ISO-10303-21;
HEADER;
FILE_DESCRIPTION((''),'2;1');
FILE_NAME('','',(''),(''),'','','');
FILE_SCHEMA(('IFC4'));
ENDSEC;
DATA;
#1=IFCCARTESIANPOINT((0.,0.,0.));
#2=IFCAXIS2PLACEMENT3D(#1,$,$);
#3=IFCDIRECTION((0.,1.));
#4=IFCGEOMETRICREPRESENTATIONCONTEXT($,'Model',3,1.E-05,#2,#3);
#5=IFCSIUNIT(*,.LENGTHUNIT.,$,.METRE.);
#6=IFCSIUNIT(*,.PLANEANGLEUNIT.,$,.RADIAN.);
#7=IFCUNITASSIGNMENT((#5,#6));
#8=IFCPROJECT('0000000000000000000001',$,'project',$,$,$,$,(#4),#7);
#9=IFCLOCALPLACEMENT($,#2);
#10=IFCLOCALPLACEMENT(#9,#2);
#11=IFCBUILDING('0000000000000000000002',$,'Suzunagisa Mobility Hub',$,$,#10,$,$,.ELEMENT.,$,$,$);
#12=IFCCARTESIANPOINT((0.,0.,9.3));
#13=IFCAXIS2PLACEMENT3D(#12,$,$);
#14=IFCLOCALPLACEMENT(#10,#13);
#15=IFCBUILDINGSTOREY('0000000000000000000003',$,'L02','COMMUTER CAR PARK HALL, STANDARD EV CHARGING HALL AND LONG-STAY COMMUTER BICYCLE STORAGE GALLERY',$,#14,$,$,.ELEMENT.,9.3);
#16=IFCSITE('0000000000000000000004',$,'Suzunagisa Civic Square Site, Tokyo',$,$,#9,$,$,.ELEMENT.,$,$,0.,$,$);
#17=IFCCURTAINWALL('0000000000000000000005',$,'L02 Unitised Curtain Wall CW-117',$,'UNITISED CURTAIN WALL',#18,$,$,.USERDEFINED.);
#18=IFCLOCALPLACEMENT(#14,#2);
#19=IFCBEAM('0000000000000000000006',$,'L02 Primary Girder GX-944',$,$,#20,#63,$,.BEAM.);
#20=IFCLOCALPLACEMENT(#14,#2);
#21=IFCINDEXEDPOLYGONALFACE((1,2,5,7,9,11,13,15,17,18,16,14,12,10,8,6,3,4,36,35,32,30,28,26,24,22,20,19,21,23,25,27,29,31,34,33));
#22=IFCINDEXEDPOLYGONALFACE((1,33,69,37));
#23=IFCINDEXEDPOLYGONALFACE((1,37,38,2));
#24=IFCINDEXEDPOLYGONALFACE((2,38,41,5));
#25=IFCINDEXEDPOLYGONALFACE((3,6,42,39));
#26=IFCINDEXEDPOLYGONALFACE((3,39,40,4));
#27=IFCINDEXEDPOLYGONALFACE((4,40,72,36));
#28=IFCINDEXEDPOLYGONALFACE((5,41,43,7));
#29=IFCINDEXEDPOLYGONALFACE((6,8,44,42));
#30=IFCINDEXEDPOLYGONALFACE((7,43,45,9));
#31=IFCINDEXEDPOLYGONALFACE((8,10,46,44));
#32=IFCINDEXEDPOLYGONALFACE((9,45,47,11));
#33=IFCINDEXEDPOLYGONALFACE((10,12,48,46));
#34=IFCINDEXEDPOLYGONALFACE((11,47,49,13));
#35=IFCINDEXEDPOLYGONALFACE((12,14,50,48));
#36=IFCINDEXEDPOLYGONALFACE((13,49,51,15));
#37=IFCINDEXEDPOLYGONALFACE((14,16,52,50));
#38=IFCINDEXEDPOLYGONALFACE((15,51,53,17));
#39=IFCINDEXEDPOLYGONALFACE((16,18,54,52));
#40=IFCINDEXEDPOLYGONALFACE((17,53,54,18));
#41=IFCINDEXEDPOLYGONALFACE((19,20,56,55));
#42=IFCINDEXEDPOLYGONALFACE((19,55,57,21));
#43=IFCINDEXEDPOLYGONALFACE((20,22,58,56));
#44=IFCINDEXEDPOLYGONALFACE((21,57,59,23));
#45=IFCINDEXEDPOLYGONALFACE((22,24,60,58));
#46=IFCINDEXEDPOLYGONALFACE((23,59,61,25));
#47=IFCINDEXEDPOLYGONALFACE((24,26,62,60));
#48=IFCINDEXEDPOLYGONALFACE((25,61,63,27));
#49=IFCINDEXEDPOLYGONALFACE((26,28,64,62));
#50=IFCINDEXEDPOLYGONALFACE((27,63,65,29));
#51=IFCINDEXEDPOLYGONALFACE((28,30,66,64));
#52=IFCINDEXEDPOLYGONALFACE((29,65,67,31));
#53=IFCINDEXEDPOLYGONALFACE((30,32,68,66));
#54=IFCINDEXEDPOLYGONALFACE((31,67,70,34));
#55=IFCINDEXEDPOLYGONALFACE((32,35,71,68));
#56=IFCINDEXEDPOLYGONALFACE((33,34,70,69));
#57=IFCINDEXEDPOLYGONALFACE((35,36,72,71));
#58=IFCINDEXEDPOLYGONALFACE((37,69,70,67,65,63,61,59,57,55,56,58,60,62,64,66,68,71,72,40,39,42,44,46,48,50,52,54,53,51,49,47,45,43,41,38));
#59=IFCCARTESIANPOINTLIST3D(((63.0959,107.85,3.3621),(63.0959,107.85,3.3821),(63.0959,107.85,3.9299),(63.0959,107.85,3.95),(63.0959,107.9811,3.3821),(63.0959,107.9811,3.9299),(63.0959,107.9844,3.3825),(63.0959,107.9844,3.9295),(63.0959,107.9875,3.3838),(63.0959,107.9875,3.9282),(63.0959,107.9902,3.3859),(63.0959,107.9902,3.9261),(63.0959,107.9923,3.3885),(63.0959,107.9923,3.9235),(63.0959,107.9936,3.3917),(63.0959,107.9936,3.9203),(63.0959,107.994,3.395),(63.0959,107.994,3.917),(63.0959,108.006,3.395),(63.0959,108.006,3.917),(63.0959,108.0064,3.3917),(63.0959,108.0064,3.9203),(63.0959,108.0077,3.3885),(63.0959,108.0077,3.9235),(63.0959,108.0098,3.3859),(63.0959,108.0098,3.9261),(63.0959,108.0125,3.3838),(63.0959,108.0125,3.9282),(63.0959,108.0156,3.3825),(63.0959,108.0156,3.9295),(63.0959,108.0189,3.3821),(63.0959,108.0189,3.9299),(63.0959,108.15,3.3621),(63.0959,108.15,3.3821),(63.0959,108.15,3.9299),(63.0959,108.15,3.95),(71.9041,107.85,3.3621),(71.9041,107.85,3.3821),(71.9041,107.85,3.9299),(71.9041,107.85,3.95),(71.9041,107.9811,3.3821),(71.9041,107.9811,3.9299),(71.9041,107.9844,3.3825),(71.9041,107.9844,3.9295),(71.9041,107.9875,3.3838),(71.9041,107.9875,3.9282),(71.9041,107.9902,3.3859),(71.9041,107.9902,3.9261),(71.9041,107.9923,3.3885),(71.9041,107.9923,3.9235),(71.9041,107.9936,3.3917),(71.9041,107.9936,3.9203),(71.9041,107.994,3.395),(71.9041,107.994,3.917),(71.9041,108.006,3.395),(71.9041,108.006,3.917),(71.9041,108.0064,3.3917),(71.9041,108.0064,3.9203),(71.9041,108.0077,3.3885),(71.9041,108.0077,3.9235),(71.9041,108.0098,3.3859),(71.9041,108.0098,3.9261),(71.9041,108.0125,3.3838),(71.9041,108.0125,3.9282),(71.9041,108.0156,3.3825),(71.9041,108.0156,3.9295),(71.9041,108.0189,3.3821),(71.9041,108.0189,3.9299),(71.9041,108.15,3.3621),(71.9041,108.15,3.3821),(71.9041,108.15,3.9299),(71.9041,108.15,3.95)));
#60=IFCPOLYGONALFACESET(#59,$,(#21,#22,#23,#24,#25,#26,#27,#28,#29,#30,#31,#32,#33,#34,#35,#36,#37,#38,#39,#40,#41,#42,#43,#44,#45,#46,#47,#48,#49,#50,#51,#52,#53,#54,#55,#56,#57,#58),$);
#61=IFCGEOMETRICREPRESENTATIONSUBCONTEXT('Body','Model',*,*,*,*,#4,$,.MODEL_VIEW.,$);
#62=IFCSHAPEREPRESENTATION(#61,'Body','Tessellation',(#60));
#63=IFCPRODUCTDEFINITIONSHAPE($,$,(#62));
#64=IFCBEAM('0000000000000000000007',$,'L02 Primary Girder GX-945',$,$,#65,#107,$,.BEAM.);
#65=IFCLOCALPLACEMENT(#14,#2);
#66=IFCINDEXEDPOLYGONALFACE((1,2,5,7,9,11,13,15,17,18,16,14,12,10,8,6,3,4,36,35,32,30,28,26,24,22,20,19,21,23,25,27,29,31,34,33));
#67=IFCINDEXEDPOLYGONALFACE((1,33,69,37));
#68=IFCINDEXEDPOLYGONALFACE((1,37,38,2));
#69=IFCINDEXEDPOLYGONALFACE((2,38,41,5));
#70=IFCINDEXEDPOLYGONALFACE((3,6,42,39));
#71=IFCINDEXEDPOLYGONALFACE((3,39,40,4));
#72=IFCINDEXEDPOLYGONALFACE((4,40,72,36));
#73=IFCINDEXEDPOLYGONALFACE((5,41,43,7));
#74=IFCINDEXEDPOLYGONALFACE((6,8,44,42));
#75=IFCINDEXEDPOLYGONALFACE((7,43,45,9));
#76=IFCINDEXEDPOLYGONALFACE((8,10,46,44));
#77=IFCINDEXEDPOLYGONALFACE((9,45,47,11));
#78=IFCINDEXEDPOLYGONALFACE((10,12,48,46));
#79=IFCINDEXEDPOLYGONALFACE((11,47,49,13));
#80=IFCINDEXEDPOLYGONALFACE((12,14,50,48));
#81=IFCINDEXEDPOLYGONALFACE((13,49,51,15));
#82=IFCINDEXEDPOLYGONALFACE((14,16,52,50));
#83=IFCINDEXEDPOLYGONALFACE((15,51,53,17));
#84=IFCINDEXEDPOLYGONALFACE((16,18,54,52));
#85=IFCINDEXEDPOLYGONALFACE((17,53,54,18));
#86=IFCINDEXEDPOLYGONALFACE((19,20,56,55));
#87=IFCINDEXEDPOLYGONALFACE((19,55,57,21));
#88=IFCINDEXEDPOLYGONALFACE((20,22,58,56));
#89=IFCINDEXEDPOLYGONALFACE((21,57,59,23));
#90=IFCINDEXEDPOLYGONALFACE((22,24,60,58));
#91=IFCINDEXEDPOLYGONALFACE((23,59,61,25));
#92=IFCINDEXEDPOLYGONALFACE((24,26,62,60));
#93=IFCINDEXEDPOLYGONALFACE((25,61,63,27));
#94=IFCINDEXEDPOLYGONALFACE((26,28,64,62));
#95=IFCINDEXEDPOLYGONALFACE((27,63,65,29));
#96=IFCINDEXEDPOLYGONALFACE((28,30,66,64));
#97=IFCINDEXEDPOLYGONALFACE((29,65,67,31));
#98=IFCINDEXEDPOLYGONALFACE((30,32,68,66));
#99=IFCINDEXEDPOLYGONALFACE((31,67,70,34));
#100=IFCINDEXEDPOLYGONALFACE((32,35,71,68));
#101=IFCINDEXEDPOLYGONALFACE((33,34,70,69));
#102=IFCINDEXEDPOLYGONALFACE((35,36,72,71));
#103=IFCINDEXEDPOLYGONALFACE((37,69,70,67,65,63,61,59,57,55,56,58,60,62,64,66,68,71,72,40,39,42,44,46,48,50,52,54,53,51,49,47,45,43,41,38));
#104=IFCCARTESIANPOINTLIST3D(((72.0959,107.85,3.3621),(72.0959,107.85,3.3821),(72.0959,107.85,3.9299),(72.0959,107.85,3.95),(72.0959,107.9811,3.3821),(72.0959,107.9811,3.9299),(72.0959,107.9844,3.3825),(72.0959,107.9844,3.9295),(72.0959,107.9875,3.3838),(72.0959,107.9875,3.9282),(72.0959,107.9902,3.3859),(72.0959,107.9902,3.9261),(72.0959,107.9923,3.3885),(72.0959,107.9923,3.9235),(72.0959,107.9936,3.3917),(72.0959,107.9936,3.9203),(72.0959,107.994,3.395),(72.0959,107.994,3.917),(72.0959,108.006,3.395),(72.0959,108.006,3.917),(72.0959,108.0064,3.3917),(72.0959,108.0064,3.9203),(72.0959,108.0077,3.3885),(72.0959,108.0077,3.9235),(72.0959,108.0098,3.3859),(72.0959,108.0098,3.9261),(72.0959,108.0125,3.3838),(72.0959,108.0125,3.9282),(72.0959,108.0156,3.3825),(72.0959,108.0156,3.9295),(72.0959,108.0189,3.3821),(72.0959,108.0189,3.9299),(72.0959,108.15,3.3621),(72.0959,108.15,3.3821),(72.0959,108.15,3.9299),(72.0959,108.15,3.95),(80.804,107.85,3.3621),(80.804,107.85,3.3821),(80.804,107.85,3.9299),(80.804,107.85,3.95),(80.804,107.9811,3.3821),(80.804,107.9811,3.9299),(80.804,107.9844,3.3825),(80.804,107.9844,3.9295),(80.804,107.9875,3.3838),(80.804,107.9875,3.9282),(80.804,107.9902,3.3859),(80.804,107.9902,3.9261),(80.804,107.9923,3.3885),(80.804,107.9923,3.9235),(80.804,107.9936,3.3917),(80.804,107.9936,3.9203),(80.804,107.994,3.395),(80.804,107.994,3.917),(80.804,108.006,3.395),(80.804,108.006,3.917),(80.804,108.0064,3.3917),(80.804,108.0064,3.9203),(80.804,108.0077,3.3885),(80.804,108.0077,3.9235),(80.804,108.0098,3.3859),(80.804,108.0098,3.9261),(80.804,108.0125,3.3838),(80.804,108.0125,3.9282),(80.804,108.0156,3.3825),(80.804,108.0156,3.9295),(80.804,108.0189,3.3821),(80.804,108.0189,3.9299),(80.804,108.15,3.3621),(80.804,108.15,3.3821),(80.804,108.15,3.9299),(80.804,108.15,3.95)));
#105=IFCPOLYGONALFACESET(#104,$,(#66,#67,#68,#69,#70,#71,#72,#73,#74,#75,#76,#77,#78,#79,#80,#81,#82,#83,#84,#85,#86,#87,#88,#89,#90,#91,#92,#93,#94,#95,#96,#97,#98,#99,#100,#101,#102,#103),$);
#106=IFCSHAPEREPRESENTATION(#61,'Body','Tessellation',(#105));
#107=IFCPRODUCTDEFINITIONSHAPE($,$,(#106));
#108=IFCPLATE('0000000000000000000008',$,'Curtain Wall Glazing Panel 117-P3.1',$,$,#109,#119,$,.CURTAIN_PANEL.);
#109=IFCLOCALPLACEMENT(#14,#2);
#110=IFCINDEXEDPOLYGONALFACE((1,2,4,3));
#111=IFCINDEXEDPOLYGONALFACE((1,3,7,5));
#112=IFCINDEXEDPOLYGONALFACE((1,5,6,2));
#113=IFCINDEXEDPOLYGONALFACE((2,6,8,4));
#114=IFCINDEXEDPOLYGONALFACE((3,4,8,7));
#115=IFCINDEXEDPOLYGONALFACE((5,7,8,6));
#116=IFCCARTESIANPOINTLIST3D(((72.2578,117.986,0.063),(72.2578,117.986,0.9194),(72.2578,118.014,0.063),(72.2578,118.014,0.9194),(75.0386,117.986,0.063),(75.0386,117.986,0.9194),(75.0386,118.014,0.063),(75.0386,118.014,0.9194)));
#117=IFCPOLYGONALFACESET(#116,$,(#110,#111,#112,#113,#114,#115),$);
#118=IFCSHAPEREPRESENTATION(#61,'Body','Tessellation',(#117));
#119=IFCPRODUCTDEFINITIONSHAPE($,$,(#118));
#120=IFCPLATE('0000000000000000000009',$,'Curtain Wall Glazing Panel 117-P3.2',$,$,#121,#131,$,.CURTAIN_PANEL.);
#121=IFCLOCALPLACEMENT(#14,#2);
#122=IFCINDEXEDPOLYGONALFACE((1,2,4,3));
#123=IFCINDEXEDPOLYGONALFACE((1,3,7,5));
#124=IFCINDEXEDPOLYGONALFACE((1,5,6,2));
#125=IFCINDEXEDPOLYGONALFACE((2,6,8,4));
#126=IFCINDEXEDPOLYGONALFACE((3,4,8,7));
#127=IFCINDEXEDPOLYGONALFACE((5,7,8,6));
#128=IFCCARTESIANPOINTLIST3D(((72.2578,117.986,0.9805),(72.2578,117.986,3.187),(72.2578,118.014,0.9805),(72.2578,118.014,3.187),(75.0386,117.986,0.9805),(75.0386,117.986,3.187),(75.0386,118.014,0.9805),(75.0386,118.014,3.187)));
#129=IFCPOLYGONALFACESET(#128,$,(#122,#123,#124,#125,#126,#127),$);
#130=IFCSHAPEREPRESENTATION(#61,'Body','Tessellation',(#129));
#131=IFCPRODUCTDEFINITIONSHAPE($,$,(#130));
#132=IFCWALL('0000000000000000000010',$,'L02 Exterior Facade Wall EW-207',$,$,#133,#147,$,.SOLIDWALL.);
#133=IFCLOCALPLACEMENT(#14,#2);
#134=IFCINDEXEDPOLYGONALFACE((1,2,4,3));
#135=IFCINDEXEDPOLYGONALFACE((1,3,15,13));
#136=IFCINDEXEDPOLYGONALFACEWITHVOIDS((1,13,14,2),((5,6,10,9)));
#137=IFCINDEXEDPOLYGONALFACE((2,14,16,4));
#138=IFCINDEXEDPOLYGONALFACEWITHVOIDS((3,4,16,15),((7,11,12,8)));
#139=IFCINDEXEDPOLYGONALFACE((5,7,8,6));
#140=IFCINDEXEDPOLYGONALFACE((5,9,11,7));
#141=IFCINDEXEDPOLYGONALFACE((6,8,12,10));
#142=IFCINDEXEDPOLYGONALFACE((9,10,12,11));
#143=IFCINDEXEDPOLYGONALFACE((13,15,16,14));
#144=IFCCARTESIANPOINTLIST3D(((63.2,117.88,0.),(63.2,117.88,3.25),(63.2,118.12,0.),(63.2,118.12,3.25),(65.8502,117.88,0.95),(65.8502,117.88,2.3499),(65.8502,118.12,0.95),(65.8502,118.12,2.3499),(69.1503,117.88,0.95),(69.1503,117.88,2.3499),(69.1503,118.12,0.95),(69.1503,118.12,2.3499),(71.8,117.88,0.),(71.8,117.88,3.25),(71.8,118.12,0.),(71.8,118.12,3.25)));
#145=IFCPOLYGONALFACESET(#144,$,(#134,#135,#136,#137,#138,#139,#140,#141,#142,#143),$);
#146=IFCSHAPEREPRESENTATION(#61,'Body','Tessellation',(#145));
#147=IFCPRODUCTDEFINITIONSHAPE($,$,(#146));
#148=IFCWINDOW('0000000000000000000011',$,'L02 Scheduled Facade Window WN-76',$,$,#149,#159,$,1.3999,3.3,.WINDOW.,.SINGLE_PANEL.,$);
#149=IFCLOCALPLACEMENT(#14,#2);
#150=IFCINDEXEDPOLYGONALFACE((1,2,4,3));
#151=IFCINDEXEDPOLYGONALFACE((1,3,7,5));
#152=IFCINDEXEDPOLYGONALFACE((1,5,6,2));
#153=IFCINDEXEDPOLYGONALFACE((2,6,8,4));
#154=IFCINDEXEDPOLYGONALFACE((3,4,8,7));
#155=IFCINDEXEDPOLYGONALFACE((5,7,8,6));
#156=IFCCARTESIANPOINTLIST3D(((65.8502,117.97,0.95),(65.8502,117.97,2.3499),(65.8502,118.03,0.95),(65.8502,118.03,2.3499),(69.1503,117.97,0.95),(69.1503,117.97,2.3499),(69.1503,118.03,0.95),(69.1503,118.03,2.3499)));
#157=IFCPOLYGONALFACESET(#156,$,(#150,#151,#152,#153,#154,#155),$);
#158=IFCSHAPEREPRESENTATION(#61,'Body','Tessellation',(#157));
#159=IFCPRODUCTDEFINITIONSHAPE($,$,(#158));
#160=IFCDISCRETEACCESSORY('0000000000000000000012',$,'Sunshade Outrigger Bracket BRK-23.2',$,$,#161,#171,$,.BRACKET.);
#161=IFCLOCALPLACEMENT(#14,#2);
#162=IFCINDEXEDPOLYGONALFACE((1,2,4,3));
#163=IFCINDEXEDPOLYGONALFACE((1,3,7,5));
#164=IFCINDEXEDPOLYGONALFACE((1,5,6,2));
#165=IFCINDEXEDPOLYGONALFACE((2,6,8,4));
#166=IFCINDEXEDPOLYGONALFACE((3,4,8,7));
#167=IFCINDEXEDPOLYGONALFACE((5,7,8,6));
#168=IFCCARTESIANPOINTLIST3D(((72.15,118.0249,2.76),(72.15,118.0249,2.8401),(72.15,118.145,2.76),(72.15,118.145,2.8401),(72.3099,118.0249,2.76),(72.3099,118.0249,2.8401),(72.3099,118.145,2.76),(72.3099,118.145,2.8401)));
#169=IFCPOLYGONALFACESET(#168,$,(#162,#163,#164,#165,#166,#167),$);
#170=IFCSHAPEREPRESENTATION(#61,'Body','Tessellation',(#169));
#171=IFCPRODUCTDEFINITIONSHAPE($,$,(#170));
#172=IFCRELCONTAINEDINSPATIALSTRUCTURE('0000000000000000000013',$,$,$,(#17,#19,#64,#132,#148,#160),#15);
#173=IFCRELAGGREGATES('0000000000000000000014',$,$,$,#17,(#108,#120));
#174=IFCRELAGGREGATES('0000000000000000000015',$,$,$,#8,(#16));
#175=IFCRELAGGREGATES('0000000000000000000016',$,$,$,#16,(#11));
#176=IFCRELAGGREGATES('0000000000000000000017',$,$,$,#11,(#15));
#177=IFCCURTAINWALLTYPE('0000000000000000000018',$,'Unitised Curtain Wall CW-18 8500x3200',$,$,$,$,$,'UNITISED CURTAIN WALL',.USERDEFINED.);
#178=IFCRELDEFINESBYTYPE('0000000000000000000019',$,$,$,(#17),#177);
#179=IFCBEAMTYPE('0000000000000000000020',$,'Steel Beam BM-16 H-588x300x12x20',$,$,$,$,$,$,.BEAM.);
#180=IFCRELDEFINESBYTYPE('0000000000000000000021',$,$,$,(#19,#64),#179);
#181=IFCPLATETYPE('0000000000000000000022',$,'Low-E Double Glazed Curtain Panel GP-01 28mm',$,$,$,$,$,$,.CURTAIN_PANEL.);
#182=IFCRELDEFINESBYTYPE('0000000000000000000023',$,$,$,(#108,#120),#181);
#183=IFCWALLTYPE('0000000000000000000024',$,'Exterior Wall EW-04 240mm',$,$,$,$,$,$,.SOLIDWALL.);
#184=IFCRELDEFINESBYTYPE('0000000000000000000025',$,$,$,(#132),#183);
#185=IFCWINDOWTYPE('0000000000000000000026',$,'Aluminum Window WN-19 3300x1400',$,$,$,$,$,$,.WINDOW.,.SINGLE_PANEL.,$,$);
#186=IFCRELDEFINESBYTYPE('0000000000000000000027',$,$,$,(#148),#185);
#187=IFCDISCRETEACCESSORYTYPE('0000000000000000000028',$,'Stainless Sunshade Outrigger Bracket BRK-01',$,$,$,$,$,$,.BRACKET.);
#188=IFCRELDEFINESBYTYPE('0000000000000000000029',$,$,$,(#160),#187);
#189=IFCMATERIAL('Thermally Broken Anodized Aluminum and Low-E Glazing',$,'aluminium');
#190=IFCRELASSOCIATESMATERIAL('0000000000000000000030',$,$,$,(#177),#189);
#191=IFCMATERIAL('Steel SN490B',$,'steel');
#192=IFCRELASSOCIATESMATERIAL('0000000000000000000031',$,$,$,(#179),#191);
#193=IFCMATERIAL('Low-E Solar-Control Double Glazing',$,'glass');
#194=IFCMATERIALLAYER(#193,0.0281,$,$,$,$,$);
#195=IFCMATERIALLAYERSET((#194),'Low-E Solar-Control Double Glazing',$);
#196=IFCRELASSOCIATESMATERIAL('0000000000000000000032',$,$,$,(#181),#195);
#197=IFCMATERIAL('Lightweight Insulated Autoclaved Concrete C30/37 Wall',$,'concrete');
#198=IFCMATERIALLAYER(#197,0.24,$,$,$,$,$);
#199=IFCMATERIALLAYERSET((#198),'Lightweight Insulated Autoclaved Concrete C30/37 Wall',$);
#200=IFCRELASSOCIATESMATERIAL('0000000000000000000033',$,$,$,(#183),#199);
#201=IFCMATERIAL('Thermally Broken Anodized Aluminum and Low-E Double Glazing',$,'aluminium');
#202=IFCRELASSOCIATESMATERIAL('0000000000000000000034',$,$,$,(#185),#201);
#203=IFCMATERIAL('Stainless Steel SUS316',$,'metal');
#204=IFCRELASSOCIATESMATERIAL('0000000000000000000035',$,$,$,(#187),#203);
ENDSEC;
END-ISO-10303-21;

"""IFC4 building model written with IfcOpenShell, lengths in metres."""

from ifc_helpers import new_model, si_unit, direction, frame, frame_2d, origin, origin_2d, place, context, subcontext, project, spatial, rectangle, i_section, extrude, material, layer, layer_set, material_profile, profile_set, type_object, element, fill, aggregate, save


model = new_model("IFC4")

# Units and contexts
model_context = context("Model", 3, precision=1e-05, world=origin(), true_north=direction((0.0, 1.0)))
body_context = subcontext(model_context, "Body", "Model", "MODEL_VIEW")
ifc_project = project(units=[si_unit("LENGTHUNIT", "METRE"), si_unit("PLANEANGLEUNIT", "RADIAN")], contexts=[model_context])

# Site, building, storey
site_placement = place(None, origin())
site = spatial("IfcSite", under=ifc_project, at=site_placement, Name="Suzunagisa Civic Square Site, Tokyo", CompositionType="ELEMENT", RefElevation=0.0)
building_placement = place(site_placement, origin())
building = spatial("IfcBuilding", under=site, at=building_placement, Name="Suzunagisa Mobility Hub", CompositionType="ELEMENT")
storey_placement = place(building_placement, frame((0.0, 0.0, 9.3)))
storey = spatial("IfcBuildingStorey", under=building, at=storey_placement, Name="L02", Description="COMMUTER CAR PARK HALL, STANDARD EV CHARGING HALL AND LONG-STAY COMMUTER BICYCLE STORAGE GALLERY", CompositionType="ELEMENT", Elevation=9.3)

# Shared definitions
ifc_material_1 = material(Name="Steel SN490B", Category="steel")

# Curtain wall
ifc_material_2 = material(Name="Thermally Broken Anodized Aluminum and Low-E Glazing", Category="aluminium")
curtain_wall_type = type_object("IfcCurtainWallType", Name="Unitised Curtain Wall CW-18 8500x3200", ElementType="UNITISED CURTAIN WALL", PredefinedType="USERDEFINED", material=ifc_material_2)
curtain_wall_placement = place(storey_placement, origin())
curtain_wall = element("IfcCurtainWall", 1, at=curtain_wall_placement, inside=storey, type_object=curtain_wall_type, Name="L02 Unitised Curtain Wall CW-117", ObjectType="UNITISED CURTAIN WALL", PredefinedType="USERDEFINED")

# Beams
ifc_material_profile_1 = material_profile(ifc_material_1, i_section(OverallWidth=0.3, OverallDepth=0.5879, WebThickness=0.012, FlangeThickness=0.02, FilletRadius=0.0129, at=origin_2d()), Name="H-588x300x12x20")
ifc_profile_set_1 = profile_set([ifc_material_profile_1], Name="Steel SN490B")
beam_type_1 = type_object("IfcBeamType", Name="Steel Beam BM-16 H-588x300x12x20", PredefinedType="BEAM", material=ifc_profile_set_1)
beam_1_placement = place(storey_placement, frame((63.0959, 108.0, 3.656), z_axis=(1.0, 0.0, 0.0), x_axis=(0.0, 1.0, 0.0)))
element("IfcBeam", 2, at=beam_1_placement, inside=storey, type_object=beam_type_1, Name="L02 Primary Girder GX-944", PredefinedType="BEAM", context=body_context, shape_type="SweptSolid", body=[
    extrude(i_section(OverallWidth=0.3, OverallDepth=0.5879, WebThickness=0.012, FlangeThickness=0.02, FilletRadius=0.0129, at=origin_2d()), origin(), (0.0, 0.0, 1.0), 8.8081),
])
beam_2_placement = place(storey_placement, frame((72.0959, 108.0, 3.656), z_axis=(1.0, 0.0, 0.0), x_axis=(0.0, 1.0, 0.0)))
element("IfcBeam", 3, at=beam_2_placement, inside=storey, type_object=beam_type_1, Name="L02 Primary Girder GX-945", PredefinedType="BEAM", context=body_context, shape_type="SweptSolid", body=[
    extrude(i_section(OverallWidth=0.3, OverallDepth=0.5879, WebThickness=0.012, FlangeThickness=0.02, FilletRadius=0.0129, at=origin_2d()), origin(), (0.0, 0.0, 1.0), 8.708),
])

# Plates
ifc_material_3 = material(Name="Low-E Solar-Control Double Glazing", Category="glass")
ifc_layer_1 = layer(ifc_material_3, 0.0281)
ifc_layer_set_1 = layer_set([ifc_layer_1], Name="Low-E Solar-Control Double Glazing")
plate_type = type_object("IfcPlateType", Name="Low-E Double Glazed Curtain Panel GP-01 28mm", PredefinedType="CURTAIN_PANEL", material=ifc_layer_set_1)
plate_1_placement = place(storey_placement, frame((73.6482, 118.0, 0.063), z_axis=(0.0, 0.0, 1.0), x_axis=(-1.0, 0.0, 0.0)))
plate_1 = element("IfcPlate", 4, at=plate_1_placement, type_object=plate_type, Name="Curtain Wall Glazing Panel 117-P3.1", PredefinedType="CURTAIN_PANEL", context=body_context, shape_type="SweptSolid", body=[
    extrude(rectangle(XDim=2.7808, YDim=0.0281, at=origin_2d()), origin(), (0.0, 0.0, 1.0), 0.8564),
])
plate_2_placement = place(storey_placement, frame((73.6482, 118.0, 0.9805), z_axis=(0.0, 0.0, 1.0), x_axis=(-1.0, 0.0, 0.0)))
plate_2 = element("IfcPlate", 5, at=plate_2_placement, type_object=plate_type, Name="Curtain Wall Glazing Panel 117-P3.2", PredefinedType="CURTAIN_PANEL", context=body_context, shape_type="SweptSolid", body=[
    extrude(rectangle(XDim=2.7808, YDim=0.0281, at=origin_2d()), origin(), (0.0, 0.0, 1.0), 2.2065),
])
aggregate(curtain_wall, [plate_1, plate_2])

# Wall, opening, window
ifc_material_4 = material(Name="Lightweight Insulated Autoclaved Concrete C30/37 Wall", Category="concrete")
ifc_layer_2 = layer(ifc_material_4, 0.24)
ifc_layer_set_2 = layer_set([ifc_layer_2], Name="Lightweight Insulated Autoclaved Concrete C30/37 Wall")
wall_type = type_object("IfcWallType", Name="Exterior Wall EW-04 240mm", PredefinedType="SOLIDWALL", material=ifc_layer_set_2)
wall_placement = place(storey_placement, frame((71.8, 118.0, 0.0), z_axis=(0.0, 0.0, 1.0), x_axis=(-1.0, 0.0, 0.0)))
wall = element("IfcWall", 6, at=wall_placement, inside=storey, type_object=wall_type, Name="L02 Exterior Facade Wall EW-207", PredefinedType="SOLIDWALL", context=body_context, shape_type="SweptSolid", body=[
    extrude(rectangle(XDim=8.6001, YDim=0.24, at=frame_2d((4.3, 0.0))), origin(), (0.0, 0.0, 1.0), 3.25),
])
opening_placement = place(wall_placement, frame((2.6499, 0.0, 0.95)))
opening = element("IfcOpeningElement", 7, at=opening_placement, cuts=wall, PredefinedType="OPENING", context=body_context, shape_type="SweptSolid", body=[
    extrude(rectangle(XDim=3.3, YDim=1.3999, at=frame_2d((1.6499, 0.7))), frame((0.0, 0.1309, 0.0), z_axis=(0.0, -1.0, 0.0), x_axis=(1.0, 0.0, 0.0)), (0.0, 0.0, 1.0), 0.262),
])
ifc_material_5 = material(Name="Thermally Broken Anodized Aluminum and Low-E Double Glazing", Category="aluminium")
window_type = type_object("IfcWindowType", Name="Aluminum Window WN-19 3300x1400", PartitioningType="SINGLE_PANEL", PredefinedType="WINDOW", material=ifc_material_5)
window_placement = place(opening_placement, origin())
window = element("IfcWindow", 8, at=window_placement, inside=storey, type_object=window_type, Name="L02 Scheduled Facade Window WN-76", OverallHeight=1.3999, OverallWidth=3.3, PartitioningType="SINGLE_PANEL", PredefinedType="WINDOW", context=body_context, shape_type="SweptSolid", body=[
    extrude(rectangle(XDim=3.3, YDim=1.3999, at=frame_2d((1.6499, 0.7))), frame((0.0, 0.03, 0.0), z_axis=(0.0, -1.0, 0.0), x_axis=(1.0, 0.0, 0.0)), (0.0, 0.0, 1.0), 0.0601),
])
fill(opening, window)

# Discrete accessory
ifc_material_6 = material(Name="Stainless Steel SUS316", Category="metal")
discrete_accessory_type = type_object("IfcDiscreteAccessoryType", Name="Stainless Sunshade Outrigger Bracket BRK-01", PredefinedType="BRACKET", material=ifc_material_6)
discrete_accessory_placement = place(storey_placement, frame((72.23, 118.085, 2.76), z_axis=(0.0, 0.0, 1.0), x_axis=(-1.0, 0.0, 0.0)))
element("IfcDiscreteAccessory", 9, at=discrete_accessory_placement, inside=storey, type_object=discrete_accessory_type, Name="Sunshade Outrigger Bracket BRK-23.2", PredefinedType="BRACKET", context=body_context, shape_type="SweptSolid", body=[
    extrude(rectangle(XDim=0.1599, YDim=0.1201, at=origin_2d()), origin(), (0.0, 0.0, 1.0), 0.0801),
])

save(model, "model.ifc")
